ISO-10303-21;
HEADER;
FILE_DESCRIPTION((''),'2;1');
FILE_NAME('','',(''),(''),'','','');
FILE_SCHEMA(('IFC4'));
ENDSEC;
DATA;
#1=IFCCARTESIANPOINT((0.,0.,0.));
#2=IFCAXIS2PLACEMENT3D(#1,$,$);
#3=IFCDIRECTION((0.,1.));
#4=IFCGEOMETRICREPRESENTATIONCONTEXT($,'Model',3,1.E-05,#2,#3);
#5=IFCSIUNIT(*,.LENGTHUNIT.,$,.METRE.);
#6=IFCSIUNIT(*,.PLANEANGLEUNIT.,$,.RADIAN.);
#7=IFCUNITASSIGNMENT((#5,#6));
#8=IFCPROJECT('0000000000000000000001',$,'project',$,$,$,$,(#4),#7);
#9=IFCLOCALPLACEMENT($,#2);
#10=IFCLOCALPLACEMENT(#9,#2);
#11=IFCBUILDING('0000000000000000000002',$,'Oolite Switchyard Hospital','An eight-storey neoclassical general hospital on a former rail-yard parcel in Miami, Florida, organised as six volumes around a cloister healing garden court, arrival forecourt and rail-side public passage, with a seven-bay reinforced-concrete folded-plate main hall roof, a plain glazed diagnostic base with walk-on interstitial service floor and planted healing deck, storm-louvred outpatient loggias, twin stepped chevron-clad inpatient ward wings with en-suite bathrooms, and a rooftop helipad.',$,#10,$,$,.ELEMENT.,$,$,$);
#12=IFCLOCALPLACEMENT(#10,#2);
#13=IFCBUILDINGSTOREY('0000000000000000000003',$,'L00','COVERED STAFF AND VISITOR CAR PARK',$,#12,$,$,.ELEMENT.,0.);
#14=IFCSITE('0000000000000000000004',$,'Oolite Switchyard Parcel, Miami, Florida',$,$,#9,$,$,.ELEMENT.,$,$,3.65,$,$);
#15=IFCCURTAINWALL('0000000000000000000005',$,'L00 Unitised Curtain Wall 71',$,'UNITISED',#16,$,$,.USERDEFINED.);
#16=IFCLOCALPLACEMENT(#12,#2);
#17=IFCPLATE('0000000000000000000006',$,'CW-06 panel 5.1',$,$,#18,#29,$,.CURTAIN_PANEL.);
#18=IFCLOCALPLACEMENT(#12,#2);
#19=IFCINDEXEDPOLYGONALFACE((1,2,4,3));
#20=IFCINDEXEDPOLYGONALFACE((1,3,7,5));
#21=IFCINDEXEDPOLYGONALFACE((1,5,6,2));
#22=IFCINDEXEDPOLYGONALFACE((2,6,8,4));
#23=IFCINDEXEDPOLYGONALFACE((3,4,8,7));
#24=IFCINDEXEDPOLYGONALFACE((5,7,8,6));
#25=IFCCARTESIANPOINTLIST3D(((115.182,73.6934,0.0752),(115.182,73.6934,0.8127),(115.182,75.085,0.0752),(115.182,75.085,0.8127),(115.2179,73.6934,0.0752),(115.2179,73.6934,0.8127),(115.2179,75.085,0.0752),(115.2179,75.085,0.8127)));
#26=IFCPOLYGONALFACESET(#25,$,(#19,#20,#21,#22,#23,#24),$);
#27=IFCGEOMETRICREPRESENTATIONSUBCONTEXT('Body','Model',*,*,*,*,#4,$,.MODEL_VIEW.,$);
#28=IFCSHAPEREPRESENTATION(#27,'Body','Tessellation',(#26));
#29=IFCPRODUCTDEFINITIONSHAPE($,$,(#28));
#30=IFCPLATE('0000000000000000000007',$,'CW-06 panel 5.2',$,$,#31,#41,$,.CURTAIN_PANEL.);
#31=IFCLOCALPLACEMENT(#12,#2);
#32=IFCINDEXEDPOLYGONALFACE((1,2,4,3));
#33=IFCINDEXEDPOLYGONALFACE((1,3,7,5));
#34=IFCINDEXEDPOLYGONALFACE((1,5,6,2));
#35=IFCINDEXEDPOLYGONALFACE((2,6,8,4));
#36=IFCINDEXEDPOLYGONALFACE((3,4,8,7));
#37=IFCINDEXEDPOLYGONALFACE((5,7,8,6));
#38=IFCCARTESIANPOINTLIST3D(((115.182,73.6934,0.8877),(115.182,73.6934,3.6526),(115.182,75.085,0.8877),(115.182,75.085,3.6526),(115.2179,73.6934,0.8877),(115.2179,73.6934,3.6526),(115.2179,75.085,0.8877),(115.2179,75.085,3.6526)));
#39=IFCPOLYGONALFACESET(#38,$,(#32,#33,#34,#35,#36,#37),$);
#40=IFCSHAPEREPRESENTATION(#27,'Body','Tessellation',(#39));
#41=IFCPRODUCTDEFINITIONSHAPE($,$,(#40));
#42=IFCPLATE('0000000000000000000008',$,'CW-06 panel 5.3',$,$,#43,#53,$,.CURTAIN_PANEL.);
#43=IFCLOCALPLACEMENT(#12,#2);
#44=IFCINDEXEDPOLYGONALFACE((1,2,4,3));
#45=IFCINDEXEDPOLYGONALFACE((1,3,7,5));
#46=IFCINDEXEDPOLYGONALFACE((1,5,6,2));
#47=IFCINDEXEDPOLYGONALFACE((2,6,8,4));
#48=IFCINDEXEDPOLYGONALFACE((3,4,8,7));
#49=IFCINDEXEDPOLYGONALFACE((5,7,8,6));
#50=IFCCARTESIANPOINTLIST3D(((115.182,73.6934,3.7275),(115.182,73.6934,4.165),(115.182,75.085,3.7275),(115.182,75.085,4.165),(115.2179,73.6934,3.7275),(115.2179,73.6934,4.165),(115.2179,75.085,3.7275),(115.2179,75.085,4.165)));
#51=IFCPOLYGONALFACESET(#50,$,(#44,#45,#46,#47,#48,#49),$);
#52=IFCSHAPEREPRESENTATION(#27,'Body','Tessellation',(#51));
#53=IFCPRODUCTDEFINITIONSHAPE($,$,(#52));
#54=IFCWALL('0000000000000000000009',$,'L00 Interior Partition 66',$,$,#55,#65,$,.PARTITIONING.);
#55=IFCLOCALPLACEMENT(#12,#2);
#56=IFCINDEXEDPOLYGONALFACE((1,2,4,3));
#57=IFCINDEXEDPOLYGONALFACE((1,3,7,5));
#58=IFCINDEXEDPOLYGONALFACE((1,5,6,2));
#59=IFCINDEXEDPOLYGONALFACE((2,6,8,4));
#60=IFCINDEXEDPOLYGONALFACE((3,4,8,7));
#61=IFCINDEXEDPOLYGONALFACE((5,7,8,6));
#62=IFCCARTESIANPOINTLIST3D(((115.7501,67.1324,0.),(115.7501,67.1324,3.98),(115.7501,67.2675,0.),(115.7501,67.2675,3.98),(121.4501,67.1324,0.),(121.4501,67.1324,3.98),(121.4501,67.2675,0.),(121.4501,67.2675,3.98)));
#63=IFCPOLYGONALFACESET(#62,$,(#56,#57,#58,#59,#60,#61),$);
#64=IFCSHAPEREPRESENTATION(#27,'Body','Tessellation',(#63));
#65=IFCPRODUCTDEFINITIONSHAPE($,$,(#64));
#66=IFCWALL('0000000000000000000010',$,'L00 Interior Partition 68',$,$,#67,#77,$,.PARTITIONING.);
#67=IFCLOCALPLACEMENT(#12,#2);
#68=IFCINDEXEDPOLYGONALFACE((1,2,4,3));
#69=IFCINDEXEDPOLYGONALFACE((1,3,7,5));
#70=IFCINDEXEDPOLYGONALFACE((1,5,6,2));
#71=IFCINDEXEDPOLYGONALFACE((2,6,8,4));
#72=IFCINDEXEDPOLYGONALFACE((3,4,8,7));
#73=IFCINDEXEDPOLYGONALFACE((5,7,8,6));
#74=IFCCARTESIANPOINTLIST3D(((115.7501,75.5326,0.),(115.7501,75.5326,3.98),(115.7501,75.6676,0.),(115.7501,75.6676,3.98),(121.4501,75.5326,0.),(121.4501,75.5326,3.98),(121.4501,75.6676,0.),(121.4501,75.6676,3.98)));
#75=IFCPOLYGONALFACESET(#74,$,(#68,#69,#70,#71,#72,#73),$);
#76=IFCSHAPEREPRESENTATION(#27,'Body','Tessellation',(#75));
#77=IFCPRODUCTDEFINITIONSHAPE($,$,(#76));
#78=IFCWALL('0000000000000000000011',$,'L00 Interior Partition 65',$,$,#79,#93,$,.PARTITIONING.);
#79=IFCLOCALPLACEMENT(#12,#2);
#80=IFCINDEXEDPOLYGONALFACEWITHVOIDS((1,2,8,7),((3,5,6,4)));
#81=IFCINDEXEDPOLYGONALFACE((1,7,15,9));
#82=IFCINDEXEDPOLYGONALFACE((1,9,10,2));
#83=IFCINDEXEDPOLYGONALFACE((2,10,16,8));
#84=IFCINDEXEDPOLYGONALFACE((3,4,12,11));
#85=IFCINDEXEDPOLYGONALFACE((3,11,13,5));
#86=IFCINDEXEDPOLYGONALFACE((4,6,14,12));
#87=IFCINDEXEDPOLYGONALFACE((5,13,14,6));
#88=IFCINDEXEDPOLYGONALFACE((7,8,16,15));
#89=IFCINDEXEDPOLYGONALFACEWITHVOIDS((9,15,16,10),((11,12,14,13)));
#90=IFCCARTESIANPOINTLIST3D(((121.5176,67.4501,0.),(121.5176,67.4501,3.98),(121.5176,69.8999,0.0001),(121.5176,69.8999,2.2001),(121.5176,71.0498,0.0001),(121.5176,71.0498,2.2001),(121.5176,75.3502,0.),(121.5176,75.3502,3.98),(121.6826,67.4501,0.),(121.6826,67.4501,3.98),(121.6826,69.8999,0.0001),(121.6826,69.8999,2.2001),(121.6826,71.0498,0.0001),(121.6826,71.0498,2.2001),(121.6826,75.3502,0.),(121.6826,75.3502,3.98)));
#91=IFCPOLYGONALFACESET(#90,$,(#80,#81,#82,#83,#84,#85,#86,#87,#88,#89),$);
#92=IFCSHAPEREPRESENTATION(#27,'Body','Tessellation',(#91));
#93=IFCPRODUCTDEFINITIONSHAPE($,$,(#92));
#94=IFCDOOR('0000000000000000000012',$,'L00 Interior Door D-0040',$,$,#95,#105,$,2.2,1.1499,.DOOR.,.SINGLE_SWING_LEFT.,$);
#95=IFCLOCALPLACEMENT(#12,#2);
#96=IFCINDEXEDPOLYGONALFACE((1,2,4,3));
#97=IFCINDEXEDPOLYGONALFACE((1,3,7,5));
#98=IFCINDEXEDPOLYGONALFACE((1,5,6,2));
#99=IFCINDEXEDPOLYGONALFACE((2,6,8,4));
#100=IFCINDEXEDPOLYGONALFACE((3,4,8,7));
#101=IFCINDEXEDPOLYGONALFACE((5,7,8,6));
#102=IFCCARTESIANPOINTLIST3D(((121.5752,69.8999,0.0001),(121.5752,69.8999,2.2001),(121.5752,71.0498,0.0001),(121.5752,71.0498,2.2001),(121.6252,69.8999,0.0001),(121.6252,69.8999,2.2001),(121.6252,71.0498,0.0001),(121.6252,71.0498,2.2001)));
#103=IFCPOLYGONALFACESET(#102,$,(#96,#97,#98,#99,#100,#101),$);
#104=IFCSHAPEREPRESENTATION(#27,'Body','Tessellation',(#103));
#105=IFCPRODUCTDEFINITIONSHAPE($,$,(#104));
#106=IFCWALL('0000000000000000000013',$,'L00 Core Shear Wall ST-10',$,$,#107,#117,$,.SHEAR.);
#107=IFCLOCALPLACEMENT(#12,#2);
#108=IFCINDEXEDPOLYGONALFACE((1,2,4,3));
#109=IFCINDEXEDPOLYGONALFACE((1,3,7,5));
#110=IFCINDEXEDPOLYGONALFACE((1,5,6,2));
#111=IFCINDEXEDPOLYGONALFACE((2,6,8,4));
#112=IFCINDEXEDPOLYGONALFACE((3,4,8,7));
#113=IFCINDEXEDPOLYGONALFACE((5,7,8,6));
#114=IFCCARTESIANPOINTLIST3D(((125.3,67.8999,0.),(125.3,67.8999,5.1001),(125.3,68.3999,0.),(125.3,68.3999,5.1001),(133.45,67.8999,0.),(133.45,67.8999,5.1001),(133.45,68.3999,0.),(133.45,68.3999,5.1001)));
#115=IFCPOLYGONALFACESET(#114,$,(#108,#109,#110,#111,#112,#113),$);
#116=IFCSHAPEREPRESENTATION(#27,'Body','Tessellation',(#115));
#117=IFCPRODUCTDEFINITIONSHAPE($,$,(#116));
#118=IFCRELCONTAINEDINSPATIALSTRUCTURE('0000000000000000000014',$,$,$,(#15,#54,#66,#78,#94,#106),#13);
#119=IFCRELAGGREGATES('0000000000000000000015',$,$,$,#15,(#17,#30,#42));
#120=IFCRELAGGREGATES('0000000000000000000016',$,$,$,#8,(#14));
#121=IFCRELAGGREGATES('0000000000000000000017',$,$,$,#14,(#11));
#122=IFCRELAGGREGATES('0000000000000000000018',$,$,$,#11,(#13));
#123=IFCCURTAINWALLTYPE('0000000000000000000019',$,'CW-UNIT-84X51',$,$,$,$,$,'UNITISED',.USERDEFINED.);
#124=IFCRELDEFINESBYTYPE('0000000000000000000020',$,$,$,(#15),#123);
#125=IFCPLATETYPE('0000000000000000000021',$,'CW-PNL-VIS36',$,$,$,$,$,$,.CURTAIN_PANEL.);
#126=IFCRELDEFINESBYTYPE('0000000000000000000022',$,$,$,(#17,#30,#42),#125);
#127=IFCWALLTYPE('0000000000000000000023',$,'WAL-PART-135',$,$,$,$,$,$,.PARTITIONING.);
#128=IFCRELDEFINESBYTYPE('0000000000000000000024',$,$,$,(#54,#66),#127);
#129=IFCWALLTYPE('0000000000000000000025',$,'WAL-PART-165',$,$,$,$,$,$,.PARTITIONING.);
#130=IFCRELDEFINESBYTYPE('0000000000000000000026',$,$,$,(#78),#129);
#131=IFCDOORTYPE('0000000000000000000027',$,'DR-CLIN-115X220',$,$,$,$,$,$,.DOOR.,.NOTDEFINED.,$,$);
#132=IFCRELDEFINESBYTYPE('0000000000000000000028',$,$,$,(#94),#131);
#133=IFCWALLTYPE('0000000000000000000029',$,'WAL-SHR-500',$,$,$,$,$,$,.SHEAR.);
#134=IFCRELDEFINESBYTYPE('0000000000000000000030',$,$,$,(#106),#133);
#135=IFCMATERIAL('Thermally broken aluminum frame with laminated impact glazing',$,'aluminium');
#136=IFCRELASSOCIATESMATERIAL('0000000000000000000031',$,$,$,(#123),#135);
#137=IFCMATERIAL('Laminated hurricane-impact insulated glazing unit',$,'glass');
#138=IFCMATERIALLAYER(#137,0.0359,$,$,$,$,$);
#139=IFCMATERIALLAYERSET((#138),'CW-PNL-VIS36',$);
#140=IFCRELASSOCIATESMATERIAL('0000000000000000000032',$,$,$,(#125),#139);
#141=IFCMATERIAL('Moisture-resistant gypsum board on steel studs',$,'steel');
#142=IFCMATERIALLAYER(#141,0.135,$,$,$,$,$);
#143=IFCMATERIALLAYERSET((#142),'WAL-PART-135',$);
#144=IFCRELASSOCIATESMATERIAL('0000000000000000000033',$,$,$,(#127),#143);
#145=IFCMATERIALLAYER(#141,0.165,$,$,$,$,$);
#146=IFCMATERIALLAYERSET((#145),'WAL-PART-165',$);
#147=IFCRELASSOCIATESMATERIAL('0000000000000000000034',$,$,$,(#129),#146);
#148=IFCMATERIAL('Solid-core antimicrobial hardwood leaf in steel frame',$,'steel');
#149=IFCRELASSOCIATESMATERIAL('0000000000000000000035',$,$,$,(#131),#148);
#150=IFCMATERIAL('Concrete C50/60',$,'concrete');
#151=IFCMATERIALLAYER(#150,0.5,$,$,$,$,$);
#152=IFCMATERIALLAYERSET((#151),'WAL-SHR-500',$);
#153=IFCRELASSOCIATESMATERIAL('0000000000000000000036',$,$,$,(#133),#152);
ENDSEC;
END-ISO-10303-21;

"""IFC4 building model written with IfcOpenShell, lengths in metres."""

from ifc_helpers import new_model, si_unit, direction, frame, frame_2d, origin, origin_2d, place, context, subcontext, project, spatial, rectangle, extrude, material, layer, layer_set, type_object, element, fill, aggregate, save


model = new_model("IFC4")

# Units and contexts
model_context = context("Model", 3, precision=1e-05, world=origin(), true_north=direction((0.0, 1.0)))
body_context = subcontext(model_context, "Body", "Model", "MODEL_VIEW")
ifc_project = project(units=[si_unit("LENGTHUNIT", "METRE"), si_unit("PLANEANGLEUNIT", "RADIAN")], contexts=[model_context])

# Site, building, storey
site_placement = place(None, origin())
site = spatial("IfcSite", under=ifc_project, at=site_placement, Name="Oolite Switchyard Parcel, Miami, Florida", CompositionType="ELEMENT", RefElevation=3.65)
building_placement = place(site_placement, origin())
building = spatial("IfcBuilding", under=site, at=building_placement, Name="Oolite Switchyard Hospital", Description="An eight-storey neoclassical general hospital on a former rail-yard parcel in Miami, Florida, organised as six volumes around a cloister healing garden court, arrival forecourt and rail-side public passage, with a seven-bay reinforced-concrete folded-plate main hall roof, a plain glazed diagnostic base with walk-on interstitial service floor and planted healing deck, storm-louvred outpatient loggias, twin stepped chevron-clad inpatient ward wings with en-suite bathrooms, and a rooftop helipad.", CompositionType="ELEMENT")
storey_placement = place(building_placement, origin())
storey = spatial("IfcBuildingStorey", under=building, at=storey_placement, Name="L00", Description="COVERED STAFF AND VISITOR CAR PARK", CompositionType="ELEMENT", Elevation=0.0)

# Shared definitions
ifc_material_1 = material(Name="Concrete C50/60", Category="concrete")

# Curtain wall, plates
ifc_material_2 = material(Name="Thermally broken aluminum frame with laminated impact glazing", Category="aluminium")
curtain_wall_type = type_object("IfcCurtainWallType", Name="CW-UNIT-84X51", ElementType="UNITISED", PredefinedType="USERDEFINED", material=ifc_material_2)
curtain_wall_placement = place(storey_placement, origin())
curtain_wall = element("IfcCurtainWall", 1, at=curtain_wall_placement, inside=storey, type_object=curtain_wall_type, Name="L00 Unitised Curtain Wall 71", ObjectType="UNITISED", PredefinedType="USERDEFINED")
ifc_material_3 = material(Name="Laminated hurricane-impact insulated glazing unit", Category="glass")
ifc_layer_1 = layer(ifc_material_3, 0.0359)
ifc_layer_set_1 = layer_set([ifc_layer_1], Name="CW-PNL-VIS36")
plate_type = type_object("IfcPlateType", Name="CW-PNL-VIS36", PredefinedType="CURTAIN_PANEL", material=ifc_layer_set_1)
plate_1_placement = place(storey_placement, frame((115.2, 74.3892, 0.0752), z_axis=(0.0, 0.0, 1.0), x_axis=(0.0, 1.0, 0.0)))
plate_1 = element("IfcPlate", 2, at=plate_1_placement, type_object=plate_type, Name="CW-06 panel 5.1", PredefinedType="CURTAIN_PANEL", context=body_context, shape_type="SweptSolid", body=[
    extrude(rectangle(XDim=1.3916, YDim=0.0359, at=origin_2d()), origin(), (0.0, 0.0, 1.0), 0.7375),
])
plate_2_placement = place(storey_placement, frame((115.2, 74.3892, 0.8877), z_axis=(0.0, 0.0, 1.0), x_axis=(0.0, 1.0, 0.0)))
plate_2 = element("IfcPlate", 3, at=plate_2_placement, type_object=plate_type, Name="CW-06 panel 5.2", PredefinedType="CURTAIN_PANEL", context=body_context, shape_type="SweptSolid", body=[
    extrude(rectangle(XDim=1.3916, YDim=0.0359, at=origin_2d()), origin(), (0.0, 0.0, 1.0), 2.7649),
])
plate_3_placement = place(storey_placement, frame((115.2, 74.3892, 3.7275), z_axis=(0.0, 0.0, 1.0), x_axis=(0.0, 1.0, 0.0)))
plate_3 = element("IfcPlate", 4, at=plate_3_placement, type_object=plate_type, Name="CW-06 panel 5.3", PredefinedType="CURTAIN_PANEL", context=body_context, shape_type="SweptSolid", body=[
    extrude(rectangle(XDim=1.3916, YDim=0.0359, at=origin_2d()), origin(), (0.0, 0.0, 1.0), 0.4375),
])
aggregate(curtain_wall, [plate_1, plate_2, plate_3])

# Walls
ifc_material_4 = material(Name="Moisture-resistant gypsum board on steel studs", Category="steel")
ifc_layer_2 = layer(ifc_material_4, 0.135)
ifc_layer_set_2 = layer_set([ifc_layer_2], Name="WAL-PART-135")
wall_type_1 = type_object("IfcWallType", Name="WAL-PART-135", PredefinedType="PARTITIONING", material=ifc_layer_set_2)
for number, where, z_axis, x_axis, name in (
    (5, (115.75, 67.2, 0.0), (0.0, 0.0, 1.0), (1.0, 0.0, 0.0), "L00 Interior Partition 66"),
    (6, (115.75, 75.6001, 0.0), (0.0, 0.0, 1.0), (1.0, 0.0, 0.0), "L00 Interior Partition 68"),
):
    element("IfcWall", number, at=place(storey_placement, frame(where, z_axis=z_axis, x_axis=x_axis)), inside=storey, type_object=wall_type_1, Name=name, PredefinedType="PARTITIONING", context=body_context, shape_type="SweptSolid", body=[
        extrude(rectangle(XDim=5.7, YDim=0.135, at=frame_2d((2.8501, 0.0))), origin(), (0.0, 0.0, 1.0), 3.98),
    ])

# Wall, opening, door
ifc_layer_3 = layer(ifc_material_4, 0.165)
ifc_layer_set_3 = layer_set([ifc_layer_3], Name="WAL-PART-165")
wall_type_2 = type_object("IfcWallType", Name="WAL-PART-165", PredefinedType="PARTITIONING", material=ifc_layer_set_3)
wall_1_placement = place(storey_placement, frame((121.6001, 67.45, 0.0), z_axis=(0.0, 0.0, 1.0), x_axis=(0.0, 1.0, 0.0)))
wall_1 = element("IfcWall", 7, at=wall_1_placement, inside=storey, type_object=wall_type_2, Name="L00 Interior Partition 65", PredefinedType="PARTITIONING", context=body_context, shape_type="SweptSolid", body=[
    extrude(rectangle(XDim=7.9001, YDim=0.165, at=frame_2d((3.9502, 0.0))), origin(), (0.0, 0.0, 1.0), 3.98),
])
opening_placement = place(wall_1_placement, frame((2.45, 0.0, 0.0)))
opening = element("IfcOpeningElement", 8, at=opening_placement, cuts=wall_1, PredefinedType="OPENING", context=body_context, shape_type="SweptSolid", body=[
    extrude(rectangle(XDim=1.1499, YDim=2.2, at=frame_2d((0.575, 1.1001))), frame((0.0, 0.0925, 0.0), z_axis=(0.0, -1.0, 0.0), x_axis=(1.0, 0.0, 0.0)), (0.0, 0.0, 1.0), 0.1851),
])
ifc_material_5 = material(Name="Solid-core antimicrobial hardwood leaf in steel frame", Category="steel")
door_type = type_object("IfcDoorType", Name="DR-CLIN-115X220", OperationType="NOTDEFINED", PredefinedType="DOOR", material=ifc_material_5)
door_placement = place(opening_placement, origin())
door = element("IfcDoor", 9, at=door_placement, inside=storey, type_object=door_type, Name="L00 Interior Door D-0040", OperationType="SINGLE_SWING_LEFT", OverallHeight=2.2, OverallWidth=1.1499, PredefinedType="DOOR", context=body_context, shape_type="SweptSolid", body=[
    extrude(rectangle(XDim=1.1499, YDim=2.2, at=frame_2d((0.575, 1.1001))), frame((0.0, 0.0249, 0.0), z_axis=(0.0, -1.0, 0.0), x_axis=(1.0, 0.0, 0.0)), (0.0, 0.0, 1.0), 0.05),
])
fill(opening, door)

# Wall
ifc_layer_4 = layer(ifc_material_1, 0.5)
ifc_layer_set_4 = layer_set([ifc_layer_4], Name="WAL-SHR-500")
wall_type_3 = type_object("IfcWallType", Name="WAL-SHR-500", PredefinedType="SHEAR", material=ifc_layer_set_4)
wall_2_placement = place(storey_placement, frame((125.3, 68.1499, 0.0), z_axis=(0.0, 0.0, 1.0), x_axis=(1.0, 0.0, 0.0)))
element("IfcWall", 10, at=wall_2_placement, inside=storey, type_object=wall_type_3, Name="L00 Core Shear Wall ST-10", PredefinedType="SHEAR", context=body_context, shape_type="SweptSolid", body=[
    extrude(rectangle(XDim=8.1499, YDim=0.5, at=frame_2d((4.075, 0.0))), origin(), (0.0, 0.0, 1.0), 5.1001),
])

save(model, "model.ifc")
